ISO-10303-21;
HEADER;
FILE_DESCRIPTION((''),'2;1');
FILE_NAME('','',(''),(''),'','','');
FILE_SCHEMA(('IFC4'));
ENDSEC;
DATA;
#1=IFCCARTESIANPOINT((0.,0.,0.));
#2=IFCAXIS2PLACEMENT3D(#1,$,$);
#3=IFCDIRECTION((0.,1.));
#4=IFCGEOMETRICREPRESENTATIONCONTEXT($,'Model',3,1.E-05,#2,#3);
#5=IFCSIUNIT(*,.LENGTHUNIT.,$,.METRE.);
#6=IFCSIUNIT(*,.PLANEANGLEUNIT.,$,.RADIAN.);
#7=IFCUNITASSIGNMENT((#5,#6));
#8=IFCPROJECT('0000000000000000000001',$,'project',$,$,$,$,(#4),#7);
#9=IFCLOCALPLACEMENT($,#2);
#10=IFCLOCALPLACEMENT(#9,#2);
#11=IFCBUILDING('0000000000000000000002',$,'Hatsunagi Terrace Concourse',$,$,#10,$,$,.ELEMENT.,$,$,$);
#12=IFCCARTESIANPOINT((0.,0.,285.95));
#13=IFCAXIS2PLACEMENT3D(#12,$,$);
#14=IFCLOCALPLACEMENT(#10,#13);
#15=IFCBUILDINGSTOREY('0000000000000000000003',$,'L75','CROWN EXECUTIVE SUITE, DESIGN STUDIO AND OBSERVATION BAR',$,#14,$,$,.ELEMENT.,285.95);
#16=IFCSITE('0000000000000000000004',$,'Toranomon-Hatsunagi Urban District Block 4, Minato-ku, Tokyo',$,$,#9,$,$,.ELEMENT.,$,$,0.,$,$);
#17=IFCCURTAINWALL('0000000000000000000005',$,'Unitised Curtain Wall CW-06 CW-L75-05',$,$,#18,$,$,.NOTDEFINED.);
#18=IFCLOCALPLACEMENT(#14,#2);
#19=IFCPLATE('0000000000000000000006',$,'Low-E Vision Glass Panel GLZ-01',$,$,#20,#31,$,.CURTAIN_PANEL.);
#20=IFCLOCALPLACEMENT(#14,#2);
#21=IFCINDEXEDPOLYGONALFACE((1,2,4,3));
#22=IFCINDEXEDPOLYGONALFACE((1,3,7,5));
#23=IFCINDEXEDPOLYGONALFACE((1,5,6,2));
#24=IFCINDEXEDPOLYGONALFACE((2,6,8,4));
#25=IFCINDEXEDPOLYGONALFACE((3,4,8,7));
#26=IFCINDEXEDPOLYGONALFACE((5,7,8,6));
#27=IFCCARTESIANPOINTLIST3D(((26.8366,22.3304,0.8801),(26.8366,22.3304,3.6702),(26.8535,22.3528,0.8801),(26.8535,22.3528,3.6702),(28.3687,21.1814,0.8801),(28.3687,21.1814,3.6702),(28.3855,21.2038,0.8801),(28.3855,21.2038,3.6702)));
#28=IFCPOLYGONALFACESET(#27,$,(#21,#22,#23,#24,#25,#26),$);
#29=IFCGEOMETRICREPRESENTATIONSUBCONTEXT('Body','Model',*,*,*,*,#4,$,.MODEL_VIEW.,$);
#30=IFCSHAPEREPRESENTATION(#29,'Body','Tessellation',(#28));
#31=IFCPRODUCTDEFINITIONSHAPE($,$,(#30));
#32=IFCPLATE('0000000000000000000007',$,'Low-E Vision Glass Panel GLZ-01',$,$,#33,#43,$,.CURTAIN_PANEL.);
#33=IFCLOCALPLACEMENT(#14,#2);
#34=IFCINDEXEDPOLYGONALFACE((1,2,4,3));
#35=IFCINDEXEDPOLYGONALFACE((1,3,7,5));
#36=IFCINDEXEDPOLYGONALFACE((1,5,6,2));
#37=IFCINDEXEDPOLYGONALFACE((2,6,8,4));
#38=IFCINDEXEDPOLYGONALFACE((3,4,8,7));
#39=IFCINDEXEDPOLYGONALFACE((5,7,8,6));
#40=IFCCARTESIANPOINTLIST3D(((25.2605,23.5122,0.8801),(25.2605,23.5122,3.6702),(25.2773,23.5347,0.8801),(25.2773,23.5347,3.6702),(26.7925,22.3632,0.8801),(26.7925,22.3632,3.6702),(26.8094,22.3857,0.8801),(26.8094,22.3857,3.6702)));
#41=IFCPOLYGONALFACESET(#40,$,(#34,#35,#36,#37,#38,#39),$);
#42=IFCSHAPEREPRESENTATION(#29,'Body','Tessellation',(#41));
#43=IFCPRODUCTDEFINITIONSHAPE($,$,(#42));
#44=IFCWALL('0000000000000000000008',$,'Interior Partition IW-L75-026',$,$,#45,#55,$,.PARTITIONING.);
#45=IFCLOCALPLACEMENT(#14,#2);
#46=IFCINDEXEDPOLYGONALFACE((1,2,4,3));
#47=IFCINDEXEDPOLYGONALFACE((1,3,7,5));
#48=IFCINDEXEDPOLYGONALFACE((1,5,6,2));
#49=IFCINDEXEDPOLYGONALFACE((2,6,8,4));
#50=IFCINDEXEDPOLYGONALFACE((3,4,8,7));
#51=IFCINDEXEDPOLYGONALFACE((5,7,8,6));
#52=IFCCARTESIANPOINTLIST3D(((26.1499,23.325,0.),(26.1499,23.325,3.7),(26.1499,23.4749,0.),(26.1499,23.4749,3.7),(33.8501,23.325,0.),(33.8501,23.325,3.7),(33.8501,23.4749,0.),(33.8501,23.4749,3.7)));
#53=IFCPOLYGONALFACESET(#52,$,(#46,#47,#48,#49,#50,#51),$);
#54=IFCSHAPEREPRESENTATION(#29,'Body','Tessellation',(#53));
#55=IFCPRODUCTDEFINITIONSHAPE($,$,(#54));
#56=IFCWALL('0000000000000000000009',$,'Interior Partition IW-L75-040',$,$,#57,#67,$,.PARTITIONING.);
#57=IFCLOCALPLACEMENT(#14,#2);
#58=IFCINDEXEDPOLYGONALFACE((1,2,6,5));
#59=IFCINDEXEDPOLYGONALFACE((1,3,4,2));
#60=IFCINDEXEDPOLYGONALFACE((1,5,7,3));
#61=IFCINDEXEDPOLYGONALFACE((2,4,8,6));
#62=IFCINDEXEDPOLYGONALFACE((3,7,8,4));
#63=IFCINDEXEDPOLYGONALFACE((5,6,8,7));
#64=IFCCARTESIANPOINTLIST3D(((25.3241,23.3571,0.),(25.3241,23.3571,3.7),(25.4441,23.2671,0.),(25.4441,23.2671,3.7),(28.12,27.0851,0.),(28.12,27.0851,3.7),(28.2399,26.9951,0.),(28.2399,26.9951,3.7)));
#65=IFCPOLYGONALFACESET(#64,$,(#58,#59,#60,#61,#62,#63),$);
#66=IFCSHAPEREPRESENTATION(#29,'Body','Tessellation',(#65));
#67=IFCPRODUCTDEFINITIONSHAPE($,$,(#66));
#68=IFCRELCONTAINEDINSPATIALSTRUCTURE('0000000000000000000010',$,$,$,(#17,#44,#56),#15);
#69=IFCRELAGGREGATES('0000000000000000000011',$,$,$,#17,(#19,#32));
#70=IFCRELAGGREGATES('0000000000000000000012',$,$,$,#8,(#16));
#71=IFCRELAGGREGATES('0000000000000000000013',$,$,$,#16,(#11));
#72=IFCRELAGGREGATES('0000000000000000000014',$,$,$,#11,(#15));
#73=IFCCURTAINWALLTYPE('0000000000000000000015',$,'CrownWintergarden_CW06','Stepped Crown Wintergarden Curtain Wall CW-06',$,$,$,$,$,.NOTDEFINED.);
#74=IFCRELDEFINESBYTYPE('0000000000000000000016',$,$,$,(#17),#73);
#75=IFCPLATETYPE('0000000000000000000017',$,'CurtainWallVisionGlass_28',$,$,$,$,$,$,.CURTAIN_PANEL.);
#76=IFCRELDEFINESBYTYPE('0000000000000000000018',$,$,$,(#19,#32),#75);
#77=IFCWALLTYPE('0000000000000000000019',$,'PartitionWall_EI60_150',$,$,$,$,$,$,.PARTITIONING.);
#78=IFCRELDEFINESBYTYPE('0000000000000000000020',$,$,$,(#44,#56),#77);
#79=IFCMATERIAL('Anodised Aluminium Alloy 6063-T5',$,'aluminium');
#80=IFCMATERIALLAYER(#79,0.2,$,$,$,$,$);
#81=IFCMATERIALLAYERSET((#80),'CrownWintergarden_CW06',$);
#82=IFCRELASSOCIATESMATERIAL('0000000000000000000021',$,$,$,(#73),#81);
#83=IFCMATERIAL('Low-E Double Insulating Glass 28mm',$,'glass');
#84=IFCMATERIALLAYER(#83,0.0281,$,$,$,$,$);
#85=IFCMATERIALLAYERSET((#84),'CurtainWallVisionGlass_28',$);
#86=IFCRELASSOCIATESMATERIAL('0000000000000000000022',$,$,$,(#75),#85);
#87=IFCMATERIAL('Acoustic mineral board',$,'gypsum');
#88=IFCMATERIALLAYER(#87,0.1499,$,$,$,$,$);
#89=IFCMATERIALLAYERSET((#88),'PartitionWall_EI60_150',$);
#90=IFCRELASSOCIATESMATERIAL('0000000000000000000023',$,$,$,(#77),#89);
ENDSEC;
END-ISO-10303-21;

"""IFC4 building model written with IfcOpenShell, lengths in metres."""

from ifc_helpers import new_model, si_unit, direction, frame, frame_2d, origin, origin_2d, place, context, subcontext, project, spatial, rectangle, extrude, material, layer, layer_set, type_object, element, aggregate, save


model = new_model("IFC4")

# Units and contexts
model_context = context("Model", 3, precision=1e-05, world=origin(), true_north=direction((0.0, 1.0)))
body_context = subcontext(model_context, "Body", "Model", "MODEL_VIEW")
ifc_project = project(units=[si_unit("LENGTHUNIT", "METRE"), si_unit("PLANEANGLEUNIT", "RADIAN")], contexts=[model_context])

# Site, building, storey
site_placement = place(None, origin())
site = spatial("IfcSite", under=ifc_project, at=site_placement, Name="Toranomon-Hatsunagi Urban District Block 4, Minato-ku, Tokyo", CompositionType="ELEMENT", RefElevation=0.0)
building_placement = place(site_placement, origin())
building = spatial("IfcBuilding", under=site, at=building_placement, Name="Hatsunagi Terrace Concourse", CompositionType="ELEMENT")
storey_placement = place(building_placement, frame((0.0, 0.0, 285.95)))
storey = spatial("IfcBuildingStorey", under=building, at=storey_placement, Name="L75", Description="CROWN EXECUTIVE SUITE, DESIGN STUDIO AND OBSERVATION BAR", CompositionType="ELEMENT", Elevation=285.95)

# Curtain wall, plates
ifc_material_1 = material(Name="Anodised Aluminium Alloy 6063-T5", Category="aluminium")
ifc_layer_1 = layer(ifc_material_1, 0.2)
ifc_layer_set_1 = layer_set([ifc_layer_1], Name="CrownWintergarden_CW06")
curtain_wall_type = type_object("IfcCurtainWallType", Name="CrownWintergarden_CW06", Description="Stepped Crown Wintergarden Curtain Wall CW-06", PredefinedType="NOTDEFINED", material=ifc_layer_set_1)
curtain_wall_placement = place(storey_placement, origin())
curtain_wall = element("IfcCurtainWall", 1, at=curtain_wall_placement, inside=storey, type_object=curtain_wall_type, Name="Unitised Curtain Wall CW-06 CW-L75-05", PredefinedType="NOTDEFINED")
ifc_material_2 = material(Name="Low-E Double Insulating Glass 28mm", Category="glass")
ifc_layer_2 = layer(ifc_material_2, 0.0281)
ifc_layer_set_2 = layer_set([ifc_layer_2], Name="CurtainWallVisionGlass_28")
plate_type_1 = type_object("IfcPlateType", Name="CurtainWallVisionGlass_28", PredefinedType="CURTAIN_PANEL", material=ifc_layer_set_2)
plate_1_placement = place(storey_placement, frame((27.6111, 21.7671, 0.8801), z_axis=(0.0, 0.0, 1.0), x_axis=(-0.800008, 0.599989, 0.0)))
plate_1 = element("IfcPlate", 2, at=plate_1_placement, type_object=plate_type_1, Name="Low-E Vision Glass Panel GLZ-01", PredefinedType="CURTAIN_PANEL", context=body_context, shape_type="SweptSolid", body=[
    extrude(rectangle(XDim=1.915, YDim=0.0281, at=origin_2d()), origin(), (0.0, 0.0, 1.0), 2.79),
])
plate_2_placement = place(storey_placement, frame((26.0349, 22.949, 0.8801), z_axis=(0.0, 0.0, 1.0), x_axis=(-0.800008, 0.599989, 0.0)))
plate_2 = element("IfcPlate", 3, at=plate_2_placement, type_object=plate_type_1, Name="Low-E Vision Glass Panel GLZ-01", PredefinedType="CURTAIN_PANEL", context=body_context, shape_type="SweptSolid", body=[
    extrude(rectangle(XDim=1.915, YDim=0.0281, at=origin_2d()), origin(), (0.0, 0.0, 1.0), 2.79),
])
aggregate(curtain_wall, [plate_1, plate_2])

# Walls
ifc_material_3 = material(Name="Acoustic mineral board", Category="gypsum")
ifc_layer_3 = layer(ifc_material_3, 0.1499)
ifc_layer_set_3 = layer_set([ifc_layer_3], Name="PartitionWall_EI60_150")
wall_type = type_object("IfcWallType", Name="PartitionWall_EI60_150", PredefinedType="PARTITIONING", material=ifc_layer_set_3)
wall_1_placement = place(storey_placement, frame((26.1499, 23.3999, 0.0), z_axis=(0.0, 0.0, 1.0), x_axis=(1.0, 0.0, 0.0)))
element("IfcWall", 4, at=wall_1_placement, inside=storey, type_object=wall_type, Name="Interior Partition IW-L75-026", PredefinedType="PARTITIONING", context=body_context, shape_type="SweptSolid", body=[
    extrude(rectangle(XDim=7.7002, YDim=0.1499, at=frame_2d((3.8501, 0.0))), origin(), (0.0, 0.0, 1.0), 3.7),
])
wall_2_placement = place(storey_placement, frame((25.384, 23.312, 0.0), z_axis=(0.0, 0.0, 1.0), x_axis=(0.599983, 0.800013, 0.0)))
element("IfcWall", 5, at=wall_2_placement, inside=storey, type_object=wall_type, Name="Interior Partition IW-L75-040", PredefinedType="PARTITIONING", context=body_context, shape_type="SweptSolid", body=[
    extrude(rectangle(XDim=4.6599, YDim=0.1499, at=frame_2d((2.3301, 0.0))), origin(), (0.0, 0.0, 1.0), 3.7),
])

save(model, "model.ifc")
